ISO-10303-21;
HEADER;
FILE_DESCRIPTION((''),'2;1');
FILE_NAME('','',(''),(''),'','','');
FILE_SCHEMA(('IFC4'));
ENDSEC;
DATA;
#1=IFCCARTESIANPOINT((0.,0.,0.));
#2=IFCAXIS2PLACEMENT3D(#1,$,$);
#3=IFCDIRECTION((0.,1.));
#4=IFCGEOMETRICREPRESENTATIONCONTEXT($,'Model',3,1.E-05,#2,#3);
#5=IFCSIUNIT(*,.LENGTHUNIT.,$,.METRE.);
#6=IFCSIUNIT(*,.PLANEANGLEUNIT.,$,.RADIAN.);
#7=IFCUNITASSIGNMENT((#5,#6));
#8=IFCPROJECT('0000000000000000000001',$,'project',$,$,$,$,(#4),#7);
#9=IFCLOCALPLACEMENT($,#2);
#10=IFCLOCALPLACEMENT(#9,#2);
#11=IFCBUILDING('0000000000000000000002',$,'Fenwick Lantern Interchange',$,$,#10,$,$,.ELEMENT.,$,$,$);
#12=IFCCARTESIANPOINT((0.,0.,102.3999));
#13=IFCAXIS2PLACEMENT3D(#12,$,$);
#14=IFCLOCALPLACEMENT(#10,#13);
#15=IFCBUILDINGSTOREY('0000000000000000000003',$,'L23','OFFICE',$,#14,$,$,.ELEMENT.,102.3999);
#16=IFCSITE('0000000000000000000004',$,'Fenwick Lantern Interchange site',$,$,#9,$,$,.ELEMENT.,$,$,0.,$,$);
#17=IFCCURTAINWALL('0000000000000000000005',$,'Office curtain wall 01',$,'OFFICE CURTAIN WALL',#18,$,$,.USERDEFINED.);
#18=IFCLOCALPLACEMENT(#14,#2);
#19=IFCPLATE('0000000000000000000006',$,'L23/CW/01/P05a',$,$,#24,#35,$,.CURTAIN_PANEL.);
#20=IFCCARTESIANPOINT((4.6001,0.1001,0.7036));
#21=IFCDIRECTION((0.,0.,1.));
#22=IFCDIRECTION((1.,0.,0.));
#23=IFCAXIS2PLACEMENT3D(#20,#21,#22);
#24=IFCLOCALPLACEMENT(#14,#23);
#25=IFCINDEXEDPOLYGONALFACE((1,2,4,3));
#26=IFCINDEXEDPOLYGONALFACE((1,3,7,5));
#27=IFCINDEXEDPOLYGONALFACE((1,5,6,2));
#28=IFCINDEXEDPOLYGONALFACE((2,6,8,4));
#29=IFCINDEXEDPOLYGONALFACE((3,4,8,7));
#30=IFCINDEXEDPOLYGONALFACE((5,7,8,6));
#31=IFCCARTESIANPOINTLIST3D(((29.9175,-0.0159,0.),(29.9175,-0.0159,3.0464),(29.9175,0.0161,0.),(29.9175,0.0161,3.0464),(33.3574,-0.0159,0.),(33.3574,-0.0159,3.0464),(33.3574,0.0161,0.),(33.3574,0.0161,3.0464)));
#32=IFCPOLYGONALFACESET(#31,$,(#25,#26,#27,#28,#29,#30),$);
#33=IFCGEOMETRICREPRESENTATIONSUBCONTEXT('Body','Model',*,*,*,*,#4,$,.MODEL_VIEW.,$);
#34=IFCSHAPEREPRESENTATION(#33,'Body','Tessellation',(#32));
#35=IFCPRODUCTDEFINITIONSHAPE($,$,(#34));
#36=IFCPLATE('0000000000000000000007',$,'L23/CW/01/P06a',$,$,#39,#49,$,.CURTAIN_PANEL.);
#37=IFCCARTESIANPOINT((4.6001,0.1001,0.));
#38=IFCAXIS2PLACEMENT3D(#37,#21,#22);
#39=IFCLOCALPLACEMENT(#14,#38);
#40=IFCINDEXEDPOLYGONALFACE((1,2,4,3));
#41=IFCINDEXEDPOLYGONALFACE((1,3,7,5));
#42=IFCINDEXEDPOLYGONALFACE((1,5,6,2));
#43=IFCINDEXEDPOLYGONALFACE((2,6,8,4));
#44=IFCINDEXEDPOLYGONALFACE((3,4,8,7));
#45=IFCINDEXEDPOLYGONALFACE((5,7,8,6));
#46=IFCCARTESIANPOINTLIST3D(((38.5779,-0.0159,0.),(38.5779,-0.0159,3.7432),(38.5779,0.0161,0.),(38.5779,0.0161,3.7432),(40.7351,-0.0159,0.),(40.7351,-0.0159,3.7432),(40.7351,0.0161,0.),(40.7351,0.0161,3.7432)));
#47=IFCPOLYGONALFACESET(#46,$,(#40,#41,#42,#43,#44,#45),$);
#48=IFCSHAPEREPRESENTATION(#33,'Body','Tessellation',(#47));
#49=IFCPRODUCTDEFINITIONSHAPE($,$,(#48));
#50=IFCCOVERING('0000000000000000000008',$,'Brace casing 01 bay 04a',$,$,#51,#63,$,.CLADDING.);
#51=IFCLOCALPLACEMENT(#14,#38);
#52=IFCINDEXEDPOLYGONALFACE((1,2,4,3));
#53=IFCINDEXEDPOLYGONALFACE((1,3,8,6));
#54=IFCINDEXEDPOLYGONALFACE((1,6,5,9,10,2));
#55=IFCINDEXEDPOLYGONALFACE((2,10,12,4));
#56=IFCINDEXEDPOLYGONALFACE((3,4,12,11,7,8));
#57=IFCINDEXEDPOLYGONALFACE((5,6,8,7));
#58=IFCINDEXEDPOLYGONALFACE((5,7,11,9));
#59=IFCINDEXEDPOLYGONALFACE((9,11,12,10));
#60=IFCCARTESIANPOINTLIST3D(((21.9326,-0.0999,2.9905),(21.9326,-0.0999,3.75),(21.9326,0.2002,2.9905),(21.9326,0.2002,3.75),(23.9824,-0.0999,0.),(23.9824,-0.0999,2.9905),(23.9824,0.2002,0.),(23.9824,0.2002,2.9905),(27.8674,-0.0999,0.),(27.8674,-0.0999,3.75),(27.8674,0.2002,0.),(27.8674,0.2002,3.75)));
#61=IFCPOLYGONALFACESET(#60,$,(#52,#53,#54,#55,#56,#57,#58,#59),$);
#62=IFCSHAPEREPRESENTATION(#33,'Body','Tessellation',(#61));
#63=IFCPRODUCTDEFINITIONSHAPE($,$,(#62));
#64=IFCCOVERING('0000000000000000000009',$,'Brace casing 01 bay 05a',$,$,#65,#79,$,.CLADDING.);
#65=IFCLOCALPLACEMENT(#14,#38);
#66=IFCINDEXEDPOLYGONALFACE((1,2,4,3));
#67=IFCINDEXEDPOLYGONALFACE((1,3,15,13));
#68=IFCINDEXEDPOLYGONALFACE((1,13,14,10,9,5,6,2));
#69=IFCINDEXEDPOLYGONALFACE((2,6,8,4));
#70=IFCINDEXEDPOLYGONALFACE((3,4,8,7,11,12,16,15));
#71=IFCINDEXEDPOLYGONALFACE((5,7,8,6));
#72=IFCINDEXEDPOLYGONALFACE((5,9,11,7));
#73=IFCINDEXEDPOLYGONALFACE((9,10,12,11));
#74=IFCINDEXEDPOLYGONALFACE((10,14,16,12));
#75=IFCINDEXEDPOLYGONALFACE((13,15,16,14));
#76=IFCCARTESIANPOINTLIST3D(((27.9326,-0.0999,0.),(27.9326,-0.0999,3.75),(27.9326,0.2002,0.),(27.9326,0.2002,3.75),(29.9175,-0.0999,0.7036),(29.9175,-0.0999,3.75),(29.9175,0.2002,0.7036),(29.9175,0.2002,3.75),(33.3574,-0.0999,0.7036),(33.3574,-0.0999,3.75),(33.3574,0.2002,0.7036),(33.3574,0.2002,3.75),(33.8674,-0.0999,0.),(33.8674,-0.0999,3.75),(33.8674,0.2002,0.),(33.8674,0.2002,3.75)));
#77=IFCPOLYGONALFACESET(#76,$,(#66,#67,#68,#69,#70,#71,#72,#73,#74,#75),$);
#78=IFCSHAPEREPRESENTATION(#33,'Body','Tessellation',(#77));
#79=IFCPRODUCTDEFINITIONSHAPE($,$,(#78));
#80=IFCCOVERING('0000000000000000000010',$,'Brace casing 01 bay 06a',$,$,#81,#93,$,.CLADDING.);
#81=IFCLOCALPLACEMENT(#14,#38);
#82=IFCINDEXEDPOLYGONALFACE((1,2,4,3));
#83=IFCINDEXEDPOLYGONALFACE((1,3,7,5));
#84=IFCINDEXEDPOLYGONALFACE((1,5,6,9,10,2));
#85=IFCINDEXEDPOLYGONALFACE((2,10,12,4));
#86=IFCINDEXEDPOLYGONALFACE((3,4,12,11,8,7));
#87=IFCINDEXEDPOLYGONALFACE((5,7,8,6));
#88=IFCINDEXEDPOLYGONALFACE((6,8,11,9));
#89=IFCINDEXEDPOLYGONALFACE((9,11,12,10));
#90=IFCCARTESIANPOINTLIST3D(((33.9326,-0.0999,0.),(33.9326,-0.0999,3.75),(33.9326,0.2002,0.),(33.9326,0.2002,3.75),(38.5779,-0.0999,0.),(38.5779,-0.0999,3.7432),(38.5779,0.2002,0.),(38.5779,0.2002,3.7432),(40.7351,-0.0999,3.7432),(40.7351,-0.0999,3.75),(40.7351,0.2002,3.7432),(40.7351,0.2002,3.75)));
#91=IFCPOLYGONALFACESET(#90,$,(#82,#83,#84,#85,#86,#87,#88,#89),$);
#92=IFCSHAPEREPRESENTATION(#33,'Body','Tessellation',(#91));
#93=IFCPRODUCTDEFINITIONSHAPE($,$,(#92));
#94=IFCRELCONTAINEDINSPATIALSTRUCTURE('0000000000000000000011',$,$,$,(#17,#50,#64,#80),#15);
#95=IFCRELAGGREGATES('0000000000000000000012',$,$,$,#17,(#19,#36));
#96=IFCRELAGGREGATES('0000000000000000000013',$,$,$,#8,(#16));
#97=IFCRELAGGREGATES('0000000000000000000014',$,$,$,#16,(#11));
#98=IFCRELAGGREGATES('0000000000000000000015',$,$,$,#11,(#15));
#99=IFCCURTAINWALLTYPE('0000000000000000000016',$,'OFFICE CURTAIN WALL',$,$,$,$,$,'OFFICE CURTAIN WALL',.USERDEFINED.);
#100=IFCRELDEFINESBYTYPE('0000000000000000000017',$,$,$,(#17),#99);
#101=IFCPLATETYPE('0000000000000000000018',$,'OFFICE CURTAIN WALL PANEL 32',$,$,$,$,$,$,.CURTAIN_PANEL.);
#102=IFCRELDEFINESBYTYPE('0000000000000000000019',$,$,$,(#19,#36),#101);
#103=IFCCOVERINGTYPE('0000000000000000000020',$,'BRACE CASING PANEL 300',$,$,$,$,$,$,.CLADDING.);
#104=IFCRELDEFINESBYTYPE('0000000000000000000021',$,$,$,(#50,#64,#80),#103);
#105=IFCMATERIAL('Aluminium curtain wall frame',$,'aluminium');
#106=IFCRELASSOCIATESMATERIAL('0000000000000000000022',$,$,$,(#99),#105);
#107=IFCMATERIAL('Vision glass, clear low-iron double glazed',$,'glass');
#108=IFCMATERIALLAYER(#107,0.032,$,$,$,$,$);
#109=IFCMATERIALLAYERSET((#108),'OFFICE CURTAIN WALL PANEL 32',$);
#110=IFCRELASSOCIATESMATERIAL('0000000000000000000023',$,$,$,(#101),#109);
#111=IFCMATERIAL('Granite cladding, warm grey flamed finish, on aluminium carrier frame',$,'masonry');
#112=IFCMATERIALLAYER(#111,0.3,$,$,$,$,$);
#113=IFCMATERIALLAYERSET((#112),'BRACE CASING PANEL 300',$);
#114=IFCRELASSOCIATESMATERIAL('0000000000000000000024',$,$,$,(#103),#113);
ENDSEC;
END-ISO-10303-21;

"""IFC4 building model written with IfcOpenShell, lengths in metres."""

from ifc_helpers import new_model, si_unit, direction, frame, origin, place, context, subcontext, project, spatial, polyline, outline, extrude, material, layer, layer_set, type_object, element, aggregate, save


model = new_model("IFC4")

# Units and contexts
model_context = context("Model", 3, precision=1e-05, world=origin(), true_north=direction((0.0, 1.0)))
body_context = subcontext(model_context, "Body", "Model", "MODEL_VIEW")
ifc_project = project(units=[si_unit("LENGTHUNIT", "METRE"), si_unit("PLANEANGLEUNIT", "RADIAN")], contexts=[model_context])

# Site, building, storey
site_placement = place(None, origin())
site = spatial("IfcSite", under=ifc_project, at=site_placement, Name="Fenwick Lantern Interchange site", CompositionType="ELEMENT", RefElevation=0.0)
building_placement = place(site_placement, origin())
building = spatial("IfcBuilding", under=site, at=building_placement, Name="Fenwick Lantern Interchange", CompositionType="ELEMENT")
storey_placement = place(building_placement, frame((0.0, 0.0, 102.3999)))
storey = spatial("IfcBuildingStorey", under=building, at=storey_placement, Name="L23", Description="OFFICE", CompositionType="ELEMENT", Elevation=102.3999)

# Curtain wall
ifc_material_1 = material(Name="Aluminium curtain wall frame", Category="aluminium")
curtain_wall_type = type_object("IfcCurtainWallType", Name="OFFICE CURTAIN WALL", ElementType="OFFICE CURTAIN WALL", PredefinedType="USERDEFINED", material=ifc_material_1)
curtain_wall_1_placement = place(storey_placement, origin())
curtain_wall_1 = element("IfcCurtainWall", 1, at=curtain_wall_1_placement, inside=storey, type_object=curtain_wall_type, Name="Office curtain wall 01", ObjectType="OFFICE CURTAIN WALL", PredefinedType="USERDEFINED")

# Plates
ifc_material_2 = material(Name="Vision glass, clear low-iron double glazed", Category="glass")
ifc_layer_1 = layer(ifc_material_2, 0.032)
ifc_layer_set_1 = layer_set([ifc_layer_1], Name="OFFICE CURTAIN WALL PANEL 32")
plate_type = type_object("IfcPlateType", Name="OFFICE CURTAIN WALL PANEL 32", PredefinedType="CURTAIN_PANEL", material=ifc_layer_set_1)
plate_1_placement = place(storey_placement, frame((4.6001, 0.1001, 0.7036), z_axis=(0.0, 0.0, 1.0), x_axis=(1.0, 0.0, 0.0)))
plate_1 = element("IfcPlate", 2, at=plate_1_placement, type_object=plate_type, Name="L23/CW/01/P05a", PredefinedType="CURTAIN_PANEL", context=body_context, shape_type="SweptSolid", body=[
    extrude(outline(polyline([(29.9175, 0.0), (33.3574, 0.0), (33.3574, 3.0464), (29.9175, 3.0464), (29.9175, 0.0)])), frame((0.0, 0.0161, 0.0), z_axis=(0.0, -1.0, 0.0), x_axis=(1.0, 0.0, 0.0)), (0.0, 0.0, 1.0), 0.032),
])
plate_2_placement = place(storey_placement, frame((4.6001, 0.1001, 0.0), z_axis=(0.0, 0.0, 1.0), x_axis=(1.0, 0.0, 0.0)))
plate_2 = element("IfcPlate", 3, at=plate_2_placement, type_object=plate_type, Name="L23/CW/01/P06a", PredefinedType="CURTAIN_PANEL", context=body_context, shape_type="SweptSolid", body=[
    extrude(outline(polyline([(38.5779, 0.0), (40.7351, 0.0), (40.7351, 3.7432), (38.5779, 3.7432), (38.5779, 0.0)])), frame((0.0, 0.0161, 0.0), z_axis=(0.0, -1.0, 0.0), x_axis=(1.0, 0.0, 0.0)), (0.0, 0.0, 1.0), 0.032),
])
aggregate(curtain_wall_1, [plate_1, plate_2])

# Coverings
ifc_material_3 = material(Name="Granite cladding, warm grey flamed finish, on aluminium carrier frame", Category="masonry")
ifc_layer_2 = layer(ifc_material_3, 0.3)
ifc_layer_set_2 = layer_set([ifc_layer_2], Name="BRACE CASING PANEL 300")
covering_type = type_object("IfcCoveringType", Name="BRACE CASING PANEL 300", PredefinedType="CLADDING", material=ifc_layer_set_2)
covering_1_placement = place(storey_placement, frame((4.6001, 0.1001, 0.0), z_axis=(0.0, 0.0, 1.0), x_axis=(1.0, 0.0, 0.0)))
element("IfcCovering", 4, at=covering_1_placement, inside=storey, type_object=covering_type, Name="Brace casing 01 bay 04a", PredefinedType="CLADDING", context=body_context, shape_type="SweptSolid", body=[
    extrude(outline(polyline([(23.9824, 0.0), (27.8674, 0.0), (27.8674, 3.75), (21.9326, 3.75), (21.9326, 2.9905), (23.9824, 2.9905), (23.9824, 0.0)])), frame((0.0, 0.2002, 0.0), z_axis=(0.0, -1.0, 0.0), x_axis=(1.0, 0.0, 0.0)), (0.0, 0.0, 1.0), 0.3),
])
covering_2_placement = place(storey_placement, frame((4.6001, 0.1001, 0.0), z_axis=(0.0, 0.0, 1.0), x_axis=(1.0, 0.0, 0.0)))
element("IfcCovering", 5, at=covering_2_placement, inside=storey, type_object=covering_type, Name="Brace casing 01 bay 05a", PredefinedType="CLADDING", context=body_context, shape_type="SweptSolid", body=[
    extrude(outline(polyline([(27.9326, 0.0), (33.8674, 0.0), (33.8674, 3.75), (33.3574, 3.75), (33.3574, 0.7036), (29.9175, 0.7036), (29.9175, 3.75), (27.9326, 3.75), (27.9326, 0.0)])), frame((0.0, 0.2002, 0.0), z_axis=(0.0, -1.0, 0.0), x_axis=(1.0, 0.0, 0.0)), (0.0, 0.0, 1.0), 0.3),
])
covering_3_placement = place(storey_placement, frame((4.6001, 0.1001, 0.0), z_axis=(0.0, 0.0, 1.0), x_axis=(1.0, 0.0, 0.0)))
element("IfcCovering", 6, at=covering_3_placement, inside=storey, type_object=covering_type, Name="Brace casing 01 bay 06a", PredefinedType="CLADDING", context=body_context, shape_type="SweptSolid", body=[
    extrude(outline(polyline([(33.9326, 0.0), (38.5779, 0.0), (38.5779, 3.7432), (40.7351, 3.7432), (40.7351, 3.75), (33.9326, 3.75), (33.9326, 0.0)])), frame((0.0, 0.2002, 0.0), z_axis=(0.0, -1.0, 0.0), x_axis=(1.0, 0.0, 0.0)), (0.0, 0.0, 1.0), 0.3),
])

save(model, "model.ifc")
